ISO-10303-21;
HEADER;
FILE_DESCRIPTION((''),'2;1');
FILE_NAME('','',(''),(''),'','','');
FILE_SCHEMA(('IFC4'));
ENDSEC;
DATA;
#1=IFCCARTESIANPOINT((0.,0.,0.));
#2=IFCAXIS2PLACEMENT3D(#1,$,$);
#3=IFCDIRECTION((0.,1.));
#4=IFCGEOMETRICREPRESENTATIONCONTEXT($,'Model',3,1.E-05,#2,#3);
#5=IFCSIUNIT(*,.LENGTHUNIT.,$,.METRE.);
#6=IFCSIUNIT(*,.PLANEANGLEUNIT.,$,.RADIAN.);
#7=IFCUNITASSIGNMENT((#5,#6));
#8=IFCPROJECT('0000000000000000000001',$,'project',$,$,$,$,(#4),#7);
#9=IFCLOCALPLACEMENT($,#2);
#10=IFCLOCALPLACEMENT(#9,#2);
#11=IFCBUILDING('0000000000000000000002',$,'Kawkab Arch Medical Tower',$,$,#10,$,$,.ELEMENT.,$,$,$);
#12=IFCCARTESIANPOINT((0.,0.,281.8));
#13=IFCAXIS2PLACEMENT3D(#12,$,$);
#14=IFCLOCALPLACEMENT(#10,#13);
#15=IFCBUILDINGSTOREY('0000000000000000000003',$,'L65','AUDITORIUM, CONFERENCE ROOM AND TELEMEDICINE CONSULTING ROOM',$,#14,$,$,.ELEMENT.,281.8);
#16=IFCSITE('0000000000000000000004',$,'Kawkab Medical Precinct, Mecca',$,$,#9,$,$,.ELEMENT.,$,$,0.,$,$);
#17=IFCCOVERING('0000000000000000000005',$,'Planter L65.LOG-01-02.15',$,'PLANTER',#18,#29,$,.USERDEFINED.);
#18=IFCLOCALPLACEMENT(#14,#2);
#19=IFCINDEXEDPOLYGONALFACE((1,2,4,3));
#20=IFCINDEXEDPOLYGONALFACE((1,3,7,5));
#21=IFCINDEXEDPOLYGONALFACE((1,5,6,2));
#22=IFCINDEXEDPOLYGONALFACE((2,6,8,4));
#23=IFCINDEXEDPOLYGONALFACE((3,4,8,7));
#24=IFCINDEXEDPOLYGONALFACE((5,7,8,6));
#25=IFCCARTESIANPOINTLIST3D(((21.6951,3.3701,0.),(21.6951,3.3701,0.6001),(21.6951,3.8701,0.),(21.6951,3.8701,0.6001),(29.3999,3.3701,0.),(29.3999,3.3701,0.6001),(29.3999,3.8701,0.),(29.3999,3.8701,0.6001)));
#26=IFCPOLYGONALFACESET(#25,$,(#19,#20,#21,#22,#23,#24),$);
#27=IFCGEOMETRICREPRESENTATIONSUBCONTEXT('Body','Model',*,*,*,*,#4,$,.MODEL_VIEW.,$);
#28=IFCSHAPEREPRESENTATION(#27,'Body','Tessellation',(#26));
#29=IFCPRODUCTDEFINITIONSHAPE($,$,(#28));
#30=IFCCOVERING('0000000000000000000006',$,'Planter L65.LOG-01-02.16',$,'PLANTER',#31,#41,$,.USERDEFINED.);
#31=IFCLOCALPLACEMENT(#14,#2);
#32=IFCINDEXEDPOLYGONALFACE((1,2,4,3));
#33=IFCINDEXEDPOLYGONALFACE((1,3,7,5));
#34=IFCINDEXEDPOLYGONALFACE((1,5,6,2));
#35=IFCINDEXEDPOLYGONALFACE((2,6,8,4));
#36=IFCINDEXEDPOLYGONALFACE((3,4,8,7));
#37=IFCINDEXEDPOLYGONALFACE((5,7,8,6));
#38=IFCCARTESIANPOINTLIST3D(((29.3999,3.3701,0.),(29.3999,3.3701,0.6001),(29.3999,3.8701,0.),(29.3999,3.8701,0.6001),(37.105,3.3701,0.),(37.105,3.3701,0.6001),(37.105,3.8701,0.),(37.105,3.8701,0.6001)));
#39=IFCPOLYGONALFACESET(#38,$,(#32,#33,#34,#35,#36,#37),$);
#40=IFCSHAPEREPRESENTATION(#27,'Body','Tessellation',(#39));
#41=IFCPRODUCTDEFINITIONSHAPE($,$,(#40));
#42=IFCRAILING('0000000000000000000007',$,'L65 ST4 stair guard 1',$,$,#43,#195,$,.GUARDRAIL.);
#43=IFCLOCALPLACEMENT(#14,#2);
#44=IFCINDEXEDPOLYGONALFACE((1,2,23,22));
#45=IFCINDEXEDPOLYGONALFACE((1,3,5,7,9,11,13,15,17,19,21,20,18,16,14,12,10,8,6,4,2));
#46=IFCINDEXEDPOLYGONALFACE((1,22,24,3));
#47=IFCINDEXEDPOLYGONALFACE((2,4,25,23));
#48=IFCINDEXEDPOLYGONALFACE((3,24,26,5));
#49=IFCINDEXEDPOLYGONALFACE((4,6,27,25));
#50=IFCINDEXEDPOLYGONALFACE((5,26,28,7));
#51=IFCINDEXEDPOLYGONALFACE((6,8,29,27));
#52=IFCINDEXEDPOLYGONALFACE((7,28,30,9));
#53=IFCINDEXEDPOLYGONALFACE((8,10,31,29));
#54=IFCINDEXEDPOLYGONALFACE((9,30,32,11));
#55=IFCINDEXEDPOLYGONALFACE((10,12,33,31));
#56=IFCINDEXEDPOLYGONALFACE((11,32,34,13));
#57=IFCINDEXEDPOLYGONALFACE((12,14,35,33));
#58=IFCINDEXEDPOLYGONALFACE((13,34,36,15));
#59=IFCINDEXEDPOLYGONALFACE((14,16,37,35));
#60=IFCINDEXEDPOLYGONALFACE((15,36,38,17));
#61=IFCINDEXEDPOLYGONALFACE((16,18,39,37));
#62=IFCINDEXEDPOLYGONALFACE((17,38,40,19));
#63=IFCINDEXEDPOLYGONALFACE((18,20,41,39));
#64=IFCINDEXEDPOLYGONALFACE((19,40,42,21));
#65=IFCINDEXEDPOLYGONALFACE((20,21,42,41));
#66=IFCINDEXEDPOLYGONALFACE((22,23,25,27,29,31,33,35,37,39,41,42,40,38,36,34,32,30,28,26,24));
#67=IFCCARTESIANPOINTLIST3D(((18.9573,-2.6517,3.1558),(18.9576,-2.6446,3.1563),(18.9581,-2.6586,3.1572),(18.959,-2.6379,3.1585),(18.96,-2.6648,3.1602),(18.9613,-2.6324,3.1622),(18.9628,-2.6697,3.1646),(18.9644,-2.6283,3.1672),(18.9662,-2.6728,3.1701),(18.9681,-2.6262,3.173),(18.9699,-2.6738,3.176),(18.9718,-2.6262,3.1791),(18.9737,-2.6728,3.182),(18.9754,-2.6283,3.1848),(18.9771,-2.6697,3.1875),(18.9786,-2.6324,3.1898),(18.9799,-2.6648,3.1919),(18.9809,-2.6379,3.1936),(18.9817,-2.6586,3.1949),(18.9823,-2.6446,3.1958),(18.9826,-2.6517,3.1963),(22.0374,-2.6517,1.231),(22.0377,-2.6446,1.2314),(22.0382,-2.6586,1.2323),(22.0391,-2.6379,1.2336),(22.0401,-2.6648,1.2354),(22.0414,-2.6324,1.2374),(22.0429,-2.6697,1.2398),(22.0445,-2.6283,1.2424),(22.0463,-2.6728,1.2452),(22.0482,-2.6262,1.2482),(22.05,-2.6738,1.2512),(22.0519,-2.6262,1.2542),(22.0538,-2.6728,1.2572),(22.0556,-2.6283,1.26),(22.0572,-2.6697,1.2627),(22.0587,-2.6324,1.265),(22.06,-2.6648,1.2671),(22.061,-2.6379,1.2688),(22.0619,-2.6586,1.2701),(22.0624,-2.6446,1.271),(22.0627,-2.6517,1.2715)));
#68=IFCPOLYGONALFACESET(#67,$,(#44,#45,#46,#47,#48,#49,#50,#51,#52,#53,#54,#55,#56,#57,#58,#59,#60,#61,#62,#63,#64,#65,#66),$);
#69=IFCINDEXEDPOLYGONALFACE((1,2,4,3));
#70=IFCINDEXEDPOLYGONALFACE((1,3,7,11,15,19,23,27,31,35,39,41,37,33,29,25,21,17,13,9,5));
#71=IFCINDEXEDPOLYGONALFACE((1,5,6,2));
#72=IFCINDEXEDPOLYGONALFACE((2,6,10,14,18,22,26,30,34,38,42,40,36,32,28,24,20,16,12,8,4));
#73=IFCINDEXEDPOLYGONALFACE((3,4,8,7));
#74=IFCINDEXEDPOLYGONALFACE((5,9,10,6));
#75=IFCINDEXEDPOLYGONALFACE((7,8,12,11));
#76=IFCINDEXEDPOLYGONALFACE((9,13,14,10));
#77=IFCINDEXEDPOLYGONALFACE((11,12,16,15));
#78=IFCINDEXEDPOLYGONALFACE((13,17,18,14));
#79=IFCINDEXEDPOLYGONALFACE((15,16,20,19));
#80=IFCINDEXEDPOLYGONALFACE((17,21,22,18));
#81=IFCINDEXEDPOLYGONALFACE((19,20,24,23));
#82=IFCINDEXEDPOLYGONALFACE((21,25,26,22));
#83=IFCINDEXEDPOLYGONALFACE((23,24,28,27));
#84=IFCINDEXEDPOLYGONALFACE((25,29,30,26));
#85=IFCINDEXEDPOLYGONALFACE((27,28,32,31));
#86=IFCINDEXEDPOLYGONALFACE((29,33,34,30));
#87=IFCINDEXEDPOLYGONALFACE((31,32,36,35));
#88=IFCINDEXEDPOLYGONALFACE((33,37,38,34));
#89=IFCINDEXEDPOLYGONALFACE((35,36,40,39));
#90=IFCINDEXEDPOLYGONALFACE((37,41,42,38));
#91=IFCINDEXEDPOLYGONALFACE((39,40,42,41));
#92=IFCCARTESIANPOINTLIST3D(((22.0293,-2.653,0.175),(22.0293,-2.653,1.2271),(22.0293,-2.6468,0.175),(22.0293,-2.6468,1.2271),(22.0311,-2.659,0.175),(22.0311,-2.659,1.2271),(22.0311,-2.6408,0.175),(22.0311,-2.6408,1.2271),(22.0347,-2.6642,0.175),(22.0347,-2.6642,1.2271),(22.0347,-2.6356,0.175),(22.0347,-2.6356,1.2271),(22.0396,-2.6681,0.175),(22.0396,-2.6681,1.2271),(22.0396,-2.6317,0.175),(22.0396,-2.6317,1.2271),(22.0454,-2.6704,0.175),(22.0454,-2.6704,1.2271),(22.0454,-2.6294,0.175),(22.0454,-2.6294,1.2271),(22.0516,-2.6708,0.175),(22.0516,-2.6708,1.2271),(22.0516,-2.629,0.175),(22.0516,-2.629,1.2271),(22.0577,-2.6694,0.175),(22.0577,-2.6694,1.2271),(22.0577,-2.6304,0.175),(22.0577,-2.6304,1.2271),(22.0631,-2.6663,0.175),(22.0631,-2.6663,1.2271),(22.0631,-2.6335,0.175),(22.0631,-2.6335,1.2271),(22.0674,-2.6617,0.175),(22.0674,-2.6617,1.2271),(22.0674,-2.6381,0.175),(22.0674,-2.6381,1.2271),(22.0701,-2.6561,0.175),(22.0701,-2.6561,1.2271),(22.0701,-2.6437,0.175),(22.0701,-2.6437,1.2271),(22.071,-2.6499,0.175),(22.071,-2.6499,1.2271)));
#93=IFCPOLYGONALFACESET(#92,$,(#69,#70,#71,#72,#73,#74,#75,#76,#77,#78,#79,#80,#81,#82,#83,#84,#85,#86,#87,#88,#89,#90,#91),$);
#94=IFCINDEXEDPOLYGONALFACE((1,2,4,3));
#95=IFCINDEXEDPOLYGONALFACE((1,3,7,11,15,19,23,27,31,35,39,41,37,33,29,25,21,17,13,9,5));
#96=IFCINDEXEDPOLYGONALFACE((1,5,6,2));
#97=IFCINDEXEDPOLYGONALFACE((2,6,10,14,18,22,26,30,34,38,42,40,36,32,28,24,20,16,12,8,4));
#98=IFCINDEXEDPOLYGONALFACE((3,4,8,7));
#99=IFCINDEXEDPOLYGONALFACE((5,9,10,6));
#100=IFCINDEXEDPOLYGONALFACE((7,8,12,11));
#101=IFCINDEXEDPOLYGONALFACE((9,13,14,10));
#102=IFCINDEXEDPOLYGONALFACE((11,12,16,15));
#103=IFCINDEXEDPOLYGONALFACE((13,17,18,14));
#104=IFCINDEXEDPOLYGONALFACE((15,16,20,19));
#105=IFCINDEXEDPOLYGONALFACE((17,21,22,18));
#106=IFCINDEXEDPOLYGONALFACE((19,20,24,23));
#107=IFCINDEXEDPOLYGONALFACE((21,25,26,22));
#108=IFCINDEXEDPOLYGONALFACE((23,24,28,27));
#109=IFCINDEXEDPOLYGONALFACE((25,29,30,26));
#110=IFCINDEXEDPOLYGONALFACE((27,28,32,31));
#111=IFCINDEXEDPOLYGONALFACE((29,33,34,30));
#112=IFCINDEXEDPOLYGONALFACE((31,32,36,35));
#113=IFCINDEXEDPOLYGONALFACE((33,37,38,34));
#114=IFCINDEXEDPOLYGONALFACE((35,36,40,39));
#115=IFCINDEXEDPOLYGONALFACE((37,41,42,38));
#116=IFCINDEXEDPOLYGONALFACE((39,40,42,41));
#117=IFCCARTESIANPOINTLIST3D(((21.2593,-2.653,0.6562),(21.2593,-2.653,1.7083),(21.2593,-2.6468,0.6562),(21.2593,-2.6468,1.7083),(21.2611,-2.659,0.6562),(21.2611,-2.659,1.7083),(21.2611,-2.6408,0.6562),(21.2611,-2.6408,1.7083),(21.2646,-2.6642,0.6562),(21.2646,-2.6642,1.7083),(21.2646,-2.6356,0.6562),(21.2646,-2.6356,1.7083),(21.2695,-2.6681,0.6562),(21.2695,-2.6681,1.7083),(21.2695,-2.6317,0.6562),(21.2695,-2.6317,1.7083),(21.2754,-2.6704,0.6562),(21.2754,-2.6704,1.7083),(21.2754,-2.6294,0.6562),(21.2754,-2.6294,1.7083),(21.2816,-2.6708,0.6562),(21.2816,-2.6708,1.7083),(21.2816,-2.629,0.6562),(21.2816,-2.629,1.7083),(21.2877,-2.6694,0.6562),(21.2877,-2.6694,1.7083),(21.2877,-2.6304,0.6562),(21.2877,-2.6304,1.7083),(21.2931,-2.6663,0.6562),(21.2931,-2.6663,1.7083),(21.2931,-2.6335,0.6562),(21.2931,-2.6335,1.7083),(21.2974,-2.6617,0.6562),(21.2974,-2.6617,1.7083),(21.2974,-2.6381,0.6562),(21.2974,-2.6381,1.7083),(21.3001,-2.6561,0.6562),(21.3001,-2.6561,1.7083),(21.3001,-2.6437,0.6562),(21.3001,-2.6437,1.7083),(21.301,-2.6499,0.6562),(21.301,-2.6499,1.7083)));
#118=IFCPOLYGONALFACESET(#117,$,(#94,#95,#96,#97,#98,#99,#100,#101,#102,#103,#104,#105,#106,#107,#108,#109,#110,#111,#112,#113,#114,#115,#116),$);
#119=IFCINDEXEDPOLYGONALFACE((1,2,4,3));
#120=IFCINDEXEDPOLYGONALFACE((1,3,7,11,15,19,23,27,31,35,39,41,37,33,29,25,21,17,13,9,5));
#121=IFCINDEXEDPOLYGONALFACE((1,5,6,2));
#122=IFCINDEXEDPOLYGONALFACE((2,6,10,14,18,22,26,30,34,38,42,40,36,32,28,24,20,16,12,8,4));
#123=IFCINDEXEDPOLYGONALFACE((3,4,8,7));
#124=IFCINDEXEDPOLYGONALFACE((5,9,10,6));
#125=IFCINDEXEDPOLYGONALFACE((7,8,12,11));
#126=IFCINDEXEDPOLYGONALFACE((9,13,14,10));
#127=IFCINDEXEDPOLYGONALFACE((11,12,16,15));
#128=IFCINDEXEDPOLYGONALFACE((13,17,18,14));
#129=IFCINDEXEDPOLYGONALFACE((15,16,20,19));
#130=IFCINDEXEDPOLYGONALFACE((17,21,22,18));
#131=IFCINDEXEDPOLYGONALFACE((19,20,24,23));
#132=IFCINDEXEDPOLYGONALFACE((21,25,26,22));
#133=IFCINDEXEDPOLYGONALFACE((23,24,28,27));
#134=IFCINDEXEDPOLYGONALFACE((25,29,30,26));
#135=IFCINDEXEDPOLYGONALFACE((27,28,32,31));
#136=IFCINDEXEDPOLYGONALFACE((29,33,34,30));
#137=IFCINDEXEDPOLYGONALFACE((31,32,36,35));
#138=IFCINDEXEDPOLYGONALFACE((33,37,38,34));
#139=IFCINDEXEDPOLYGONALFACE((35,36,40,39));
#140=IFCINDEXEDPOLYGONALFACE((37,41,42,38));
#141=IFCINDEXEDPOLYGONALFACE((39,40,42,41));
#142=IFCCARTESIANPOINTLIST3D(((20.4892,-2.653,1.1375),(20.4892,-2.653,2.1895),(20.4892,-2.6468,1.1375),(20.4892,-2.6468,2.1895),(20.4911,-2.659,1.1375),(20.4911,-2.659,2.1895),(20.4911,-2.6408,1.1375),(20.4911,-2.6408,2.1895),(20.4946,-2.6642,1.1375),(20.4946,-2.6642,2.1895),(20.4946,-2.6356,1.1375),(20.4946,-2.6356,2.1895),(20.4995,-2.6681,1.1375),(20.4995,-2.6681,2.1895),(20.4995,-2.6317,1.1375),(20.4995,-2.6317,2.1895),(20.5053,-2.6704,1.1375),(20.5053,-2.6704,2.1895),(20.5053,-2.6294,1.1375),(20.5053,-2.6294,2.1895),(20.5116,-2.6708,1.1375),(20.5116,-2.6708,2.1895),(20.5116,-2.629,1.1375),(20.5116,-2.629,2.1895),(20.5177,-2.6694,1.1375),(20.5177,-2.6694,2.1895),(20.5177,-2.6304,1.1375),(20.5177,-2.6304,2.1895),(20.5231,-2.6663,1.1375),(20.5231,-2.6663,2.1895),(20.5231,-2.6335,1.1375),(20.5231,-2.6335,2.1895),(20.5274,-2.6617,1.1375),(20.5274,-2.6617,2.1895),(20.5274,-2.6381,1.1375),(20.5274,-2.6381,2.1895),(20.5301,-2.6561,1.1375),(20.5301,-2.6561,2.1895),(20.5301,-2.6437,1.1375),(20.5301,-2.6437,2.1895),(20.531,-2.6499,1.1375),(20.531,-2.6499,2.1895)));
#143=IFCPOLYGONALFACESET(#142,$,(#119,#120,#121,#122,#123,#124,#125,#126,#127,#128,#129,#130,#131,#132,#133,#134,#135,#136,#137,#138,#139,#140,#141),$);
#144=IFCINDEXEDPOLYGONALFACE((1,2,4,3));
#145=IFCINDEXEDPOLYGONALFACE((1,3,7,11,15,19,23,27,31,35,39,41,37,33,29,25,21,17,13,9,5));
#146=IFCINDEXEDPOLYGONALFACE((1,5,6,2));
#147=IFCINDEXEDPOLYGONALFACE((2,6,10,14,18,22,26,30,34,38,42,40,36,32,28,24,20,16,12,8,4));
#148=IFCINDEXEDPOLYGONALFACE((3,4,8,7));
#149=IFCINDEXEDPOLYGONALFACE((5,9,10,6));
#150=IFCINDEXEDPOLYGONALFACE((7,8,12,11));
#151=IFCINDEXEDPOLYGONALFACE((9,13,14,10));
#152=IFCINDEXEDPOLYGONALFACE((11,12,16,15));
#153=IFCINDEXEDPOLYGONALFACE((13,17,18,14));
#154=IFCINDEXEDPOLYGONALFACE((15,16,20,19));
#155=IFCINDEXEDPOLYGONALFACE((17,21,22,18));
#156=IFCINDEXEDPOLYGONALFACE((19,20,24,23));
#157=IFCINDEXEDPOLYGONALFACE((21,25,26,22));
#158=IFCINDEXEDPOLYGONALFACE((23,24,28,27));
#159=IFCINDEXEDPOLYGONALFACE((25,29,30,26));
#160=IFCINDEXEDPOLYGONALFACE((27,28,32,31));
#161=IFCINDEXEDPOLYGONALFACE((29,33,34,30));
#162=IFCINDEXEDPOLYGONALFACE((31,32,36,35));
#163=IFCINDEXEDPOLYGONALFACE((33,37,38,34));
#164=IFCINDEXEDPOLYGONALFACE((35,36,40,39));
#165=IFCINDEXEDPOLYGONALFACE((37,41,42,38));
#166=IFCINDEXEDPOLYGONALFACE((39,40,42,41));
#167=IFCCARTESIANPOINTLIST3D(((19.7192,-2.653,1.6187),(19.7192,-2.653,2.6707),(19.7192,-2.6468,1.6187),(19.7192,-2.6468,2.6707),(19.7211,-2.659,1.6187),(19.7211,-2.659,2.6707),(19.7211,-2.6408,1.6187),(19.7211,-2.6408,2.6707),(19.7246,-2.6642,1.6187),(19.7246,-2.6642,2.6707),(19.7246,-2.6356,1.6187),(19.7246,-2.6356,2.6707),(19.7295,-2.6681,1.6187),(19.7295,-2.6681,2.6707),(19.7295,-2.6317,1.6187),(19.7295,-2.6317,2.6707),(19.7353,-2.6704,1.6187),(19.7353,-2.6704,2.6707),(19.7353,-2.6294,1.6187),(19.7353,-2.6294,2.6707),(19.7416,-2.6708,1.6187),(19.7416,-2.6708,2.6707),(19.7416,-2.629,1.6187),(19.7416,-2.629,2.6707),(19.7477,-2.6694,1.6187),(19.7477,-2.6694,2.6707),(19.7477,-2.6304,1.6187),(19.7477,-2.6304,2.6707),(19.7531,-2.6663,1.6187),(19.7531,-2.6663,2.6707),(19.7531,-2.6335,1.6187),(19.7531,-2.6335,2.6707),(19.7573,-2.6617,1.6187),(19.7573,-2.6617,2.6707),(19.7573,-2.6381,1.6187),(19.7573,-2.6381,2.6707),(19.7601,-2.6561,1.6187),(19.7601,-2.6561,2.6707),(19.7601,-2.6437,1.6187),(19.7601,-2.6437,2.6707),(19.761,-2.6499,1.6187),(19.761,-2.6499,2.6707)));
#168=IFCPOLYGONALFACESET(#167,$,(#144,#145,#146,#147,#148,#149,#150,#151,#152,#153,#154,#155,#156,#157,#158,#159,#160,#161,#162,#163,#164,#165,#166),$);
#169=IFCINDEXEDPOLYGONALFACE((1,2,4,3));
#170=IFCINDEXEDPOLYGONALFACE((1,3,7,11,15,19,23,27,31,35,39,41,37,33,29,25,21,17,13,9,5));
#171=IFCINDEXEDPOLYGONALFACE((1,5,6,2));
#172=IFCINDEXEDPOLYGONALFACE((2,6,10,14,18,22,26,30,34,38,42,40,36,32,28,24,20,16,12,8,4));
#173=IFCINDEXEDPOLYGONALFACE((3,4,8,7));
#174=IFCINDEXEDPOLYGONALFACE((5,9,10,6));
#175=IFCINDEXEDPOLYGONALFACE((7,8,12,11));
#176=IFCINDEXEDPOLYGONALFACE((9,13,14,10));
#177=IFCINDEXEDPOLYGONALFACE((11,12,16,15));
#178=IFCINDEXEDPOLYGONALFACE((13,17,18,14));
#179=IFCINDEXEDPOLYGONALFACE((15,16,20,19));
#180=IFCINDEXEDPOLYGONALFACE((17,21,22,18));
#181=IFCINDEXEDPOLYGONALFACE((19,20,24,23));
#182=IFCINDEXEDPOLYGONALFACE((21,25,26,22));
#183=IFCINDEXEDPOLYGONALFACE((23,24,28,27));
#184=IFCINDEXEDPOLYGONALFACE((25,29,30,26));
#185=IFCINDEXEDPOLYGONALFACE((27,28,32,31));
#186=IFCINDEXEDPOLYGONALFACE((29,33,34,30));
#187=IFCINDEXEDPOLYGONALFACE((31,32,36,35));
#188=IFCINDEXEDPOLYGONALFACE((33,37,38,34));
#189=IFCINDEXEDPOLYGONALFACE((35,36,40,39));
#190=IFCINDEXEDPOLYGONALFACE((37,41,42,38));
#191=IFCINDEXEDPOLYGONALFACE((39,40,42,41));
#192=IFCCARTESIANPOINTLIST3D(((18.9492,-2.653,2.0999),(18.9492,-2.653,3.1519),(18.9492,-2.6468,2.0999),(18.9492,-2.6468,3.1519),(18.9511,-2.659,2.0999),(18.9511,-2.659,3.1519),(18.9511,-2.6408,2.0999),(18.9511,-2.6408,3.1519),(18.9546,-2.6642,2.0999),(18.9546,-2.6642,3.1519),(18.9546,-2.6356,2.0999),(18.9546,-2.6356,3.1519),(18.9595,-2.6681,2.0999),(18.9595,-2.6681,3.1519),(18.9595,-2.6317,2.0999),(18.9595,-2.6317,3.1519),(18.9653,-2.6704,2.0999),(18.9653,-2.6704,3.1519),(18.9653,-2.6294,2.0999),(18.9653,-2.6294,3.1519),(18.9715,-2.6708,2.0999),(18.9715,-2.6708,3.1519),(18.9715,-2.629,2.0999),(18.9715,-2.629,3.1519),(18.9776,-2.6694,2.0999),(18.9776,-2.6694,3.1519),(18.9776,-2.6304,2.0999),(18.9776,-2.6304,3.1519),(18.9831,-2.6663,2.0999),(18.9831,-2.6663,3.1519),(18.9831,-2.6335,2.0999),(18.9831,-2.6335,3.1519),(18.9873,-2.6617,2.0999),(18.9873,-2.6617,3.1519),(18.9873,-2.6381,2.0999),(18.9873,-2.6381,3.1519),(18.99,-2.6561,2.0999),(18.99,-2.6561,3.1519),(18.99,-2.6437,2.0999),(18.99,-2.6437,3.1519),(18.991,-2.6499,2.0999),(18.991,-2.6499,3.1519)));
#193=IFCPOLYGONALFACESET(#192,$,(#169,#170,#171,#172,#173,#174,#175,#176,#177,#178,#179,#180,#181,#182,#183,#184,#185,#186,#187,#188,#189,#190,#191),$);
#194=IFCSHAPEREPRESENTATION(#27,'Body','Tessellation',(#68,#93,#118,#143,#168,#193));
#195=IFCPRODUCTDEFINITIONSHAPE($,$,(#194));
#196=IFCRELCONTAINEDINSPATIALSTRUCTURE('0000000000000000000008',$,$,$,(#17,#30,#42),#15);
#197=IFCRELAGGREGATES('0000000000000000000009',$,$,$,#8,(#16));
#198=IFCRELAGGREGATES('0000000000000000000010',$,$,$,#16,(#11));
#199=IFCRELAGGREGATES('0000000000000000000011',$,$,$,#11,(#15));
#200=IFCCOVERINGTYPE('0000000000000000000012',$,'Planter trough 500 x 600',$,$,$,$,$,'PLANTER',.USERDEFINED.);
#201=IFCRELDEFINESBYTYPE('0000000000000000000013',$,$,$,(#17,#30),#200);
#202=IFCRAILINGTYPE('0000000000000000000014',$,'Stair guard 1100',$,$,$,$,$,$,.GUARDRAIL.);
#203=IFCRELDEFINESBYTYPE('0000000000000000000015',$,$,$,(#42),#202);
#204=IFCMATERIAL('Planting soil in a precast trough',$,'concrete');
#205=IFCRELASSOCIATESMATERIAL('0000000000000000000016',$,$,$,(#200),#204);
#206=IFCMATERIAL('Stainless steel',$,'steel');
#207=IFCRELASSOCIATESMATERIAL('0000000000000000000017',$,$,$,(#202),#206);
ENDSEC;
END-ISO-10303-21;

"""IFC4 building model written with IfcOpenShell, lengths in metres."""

from ifc_helpers import new_model, si_unit, direction, frame, origin, origin_2d, place, context, subcontext, project, spatial, rectangle, circle, extrude, material, material_profile, profile_set, type_object, element, save


model = new_model("IFC4")

# Units and contexts
model_context = context("Model", 3, precision=1e-05, world=origin(), true_north=direction((0.0, 1.0)))
body_context = subcontext(model_context, "Body", "Model", "MODEL_VIEW")
ifc_project = project(units=[si_unit("LENGTHUNIT", "METRE"), si_unit("PLANEANGLEUNIT", "RADIAN")], contexts=[model_context])

# Site, building, storey
site_placement = place(None, origin())
site = spatial("IfcSite", under=ifc_project, at=site_placement, Name="Kawkab Medical Precinct, Mecca", CompositionType="ELEMENT", RefElevation=0.0)
building_placement = place(site_placement, origin())
building = spatial("IfcBuilding", under=site, at=building_placement, Name="Kawkab Arch Medical Tower", CompositionType="ELEMENT")
storey_placement = place(building_placement, frame((0.0, 0.0, 281.8)))
storey = spatial("IfcBuildingStorey", under=building, at=storey_placement, Name="L65", Description="AUDITORIUM, CONFERENCE ROOM AND TELEMEDICINE CONSULTING ROOM", CompositionType="ELEMENT", Elevation=281.8)

# Coverings
ifc_material_1 = material(Name="Planting soil in a precast trough", Category="concrete")
ifc_material_profile_1 = material_profile(ifc_material_1, rectangle(XDim=0.5, YDim=0.6001, at=origin_2d()), Name="Trough 500x600")
ifc_profile_set_1 = profile_set([ifc_material_profile_1], Name="Planting soil in a precast trough")
covering_type_1 = type_object("IfcCoveringType", Name="Planter trough 500 x 600", ElementType="PLANTER", PredefinedType="USERDEFINED", material=ifc_profile_set_1)
covering_1_placement = place(storey_placement, frame((21.6951, 3.6201, 0.3), z_axis=(1.0, 0.0, 0.0), x_axis=(0.0, 1.0, 0.0)))
element("IfcCovering", 1, at=covering_1_placement, inside=storey, type_object=covering_type_1, Name="Planter L65.LOG-01-02.15", ObjectType="PLANTER", PredefinedType="USERDEFINED", context=body_context, shape_type="SweptSolid", body=[
    extrude(rectangle(XDim=0.5, YDim=0.6001, at=origin_2d()), origin(), (0.0, 0.0, 1.0), 7.7048),
])
covering_2_placement = place(storey_placement, frame((29.3999, 3.6201, 0.3), z_axis=(1.0, 0.0, 0.0), x_axis=(0.0, 1.0, 0.0)))
element("IfcCovering", 2, at=covering_2_placement, inside=storey, type_object=covering_type_1, Name="Planter L65.LOG-01-02.16", ObjectType="PLANTER", PredefinedType="USERDEFINED", context=body_context, shape_type="SweptSolid", body=[
    extrude(rectangle(XDim=0.5, YDim=0.6001, at=origin_2d()), origin(), (0.0, 0.0, 1.0), 7.7051),
])

# Railing
ifc_material_2 = material(Name="Stainless steel", Category="steel")
railing_type_1 = type_object("IfcRailingType", Name="Stair guard 1100", PredefinedType="GUARDRAIL", material=ifc_material_2)
railing_1_placement = place(storey_placement, frame((22.05, -2.6499, 0.175)))
element("IfcRailing", 3, at=railing_1_placement, inside=storey, type_object=railing_type_1, Name="L65 ST4 stair guard 1", PredefinedType="GUARDRAIL", context=body_context, shape_type="SweptSolid", body=[
    extrude(circle(Radius=0.0239, at=origin_2d()), frame((0.0, 0.0, 1.0762), z_axis=(-0.848029, 0.0, 0.529951), x_axis=(0.0, -1.0, 0.0)), (0.0, 0.0, 1.0), 3.6321),
    extrude(circle(Radius=0.021, at=origin_2d()), origin(), (0.0, 0.0, 1.0), 1.052),
    extrude(circle(Radius=0.021, at=origin_2d()), frame((-0.77, 0.0, 0.4812)), (0.0, 0.0, 1.0), 1.052),
    extrude(circle(Radius=0.021, at=origin_2d()), frame((-1.54, 0.0, 0.9624)), (0.0, 0.0, 1.0), 1.052),
    extrude(circle(Radius=0.021, at=origin_2d()), frame((-2.3101, 0.0, 1.4436)), (0.0, 0.0, 1.0), 1.052),
    extrude(circle(Radius=0.021, at=origin_2d()), frame((-3.0801, 0.0, 1.9248)), (0.0, 0.0, 1.0), 1.052),
])

save(model, "model.ifc")
